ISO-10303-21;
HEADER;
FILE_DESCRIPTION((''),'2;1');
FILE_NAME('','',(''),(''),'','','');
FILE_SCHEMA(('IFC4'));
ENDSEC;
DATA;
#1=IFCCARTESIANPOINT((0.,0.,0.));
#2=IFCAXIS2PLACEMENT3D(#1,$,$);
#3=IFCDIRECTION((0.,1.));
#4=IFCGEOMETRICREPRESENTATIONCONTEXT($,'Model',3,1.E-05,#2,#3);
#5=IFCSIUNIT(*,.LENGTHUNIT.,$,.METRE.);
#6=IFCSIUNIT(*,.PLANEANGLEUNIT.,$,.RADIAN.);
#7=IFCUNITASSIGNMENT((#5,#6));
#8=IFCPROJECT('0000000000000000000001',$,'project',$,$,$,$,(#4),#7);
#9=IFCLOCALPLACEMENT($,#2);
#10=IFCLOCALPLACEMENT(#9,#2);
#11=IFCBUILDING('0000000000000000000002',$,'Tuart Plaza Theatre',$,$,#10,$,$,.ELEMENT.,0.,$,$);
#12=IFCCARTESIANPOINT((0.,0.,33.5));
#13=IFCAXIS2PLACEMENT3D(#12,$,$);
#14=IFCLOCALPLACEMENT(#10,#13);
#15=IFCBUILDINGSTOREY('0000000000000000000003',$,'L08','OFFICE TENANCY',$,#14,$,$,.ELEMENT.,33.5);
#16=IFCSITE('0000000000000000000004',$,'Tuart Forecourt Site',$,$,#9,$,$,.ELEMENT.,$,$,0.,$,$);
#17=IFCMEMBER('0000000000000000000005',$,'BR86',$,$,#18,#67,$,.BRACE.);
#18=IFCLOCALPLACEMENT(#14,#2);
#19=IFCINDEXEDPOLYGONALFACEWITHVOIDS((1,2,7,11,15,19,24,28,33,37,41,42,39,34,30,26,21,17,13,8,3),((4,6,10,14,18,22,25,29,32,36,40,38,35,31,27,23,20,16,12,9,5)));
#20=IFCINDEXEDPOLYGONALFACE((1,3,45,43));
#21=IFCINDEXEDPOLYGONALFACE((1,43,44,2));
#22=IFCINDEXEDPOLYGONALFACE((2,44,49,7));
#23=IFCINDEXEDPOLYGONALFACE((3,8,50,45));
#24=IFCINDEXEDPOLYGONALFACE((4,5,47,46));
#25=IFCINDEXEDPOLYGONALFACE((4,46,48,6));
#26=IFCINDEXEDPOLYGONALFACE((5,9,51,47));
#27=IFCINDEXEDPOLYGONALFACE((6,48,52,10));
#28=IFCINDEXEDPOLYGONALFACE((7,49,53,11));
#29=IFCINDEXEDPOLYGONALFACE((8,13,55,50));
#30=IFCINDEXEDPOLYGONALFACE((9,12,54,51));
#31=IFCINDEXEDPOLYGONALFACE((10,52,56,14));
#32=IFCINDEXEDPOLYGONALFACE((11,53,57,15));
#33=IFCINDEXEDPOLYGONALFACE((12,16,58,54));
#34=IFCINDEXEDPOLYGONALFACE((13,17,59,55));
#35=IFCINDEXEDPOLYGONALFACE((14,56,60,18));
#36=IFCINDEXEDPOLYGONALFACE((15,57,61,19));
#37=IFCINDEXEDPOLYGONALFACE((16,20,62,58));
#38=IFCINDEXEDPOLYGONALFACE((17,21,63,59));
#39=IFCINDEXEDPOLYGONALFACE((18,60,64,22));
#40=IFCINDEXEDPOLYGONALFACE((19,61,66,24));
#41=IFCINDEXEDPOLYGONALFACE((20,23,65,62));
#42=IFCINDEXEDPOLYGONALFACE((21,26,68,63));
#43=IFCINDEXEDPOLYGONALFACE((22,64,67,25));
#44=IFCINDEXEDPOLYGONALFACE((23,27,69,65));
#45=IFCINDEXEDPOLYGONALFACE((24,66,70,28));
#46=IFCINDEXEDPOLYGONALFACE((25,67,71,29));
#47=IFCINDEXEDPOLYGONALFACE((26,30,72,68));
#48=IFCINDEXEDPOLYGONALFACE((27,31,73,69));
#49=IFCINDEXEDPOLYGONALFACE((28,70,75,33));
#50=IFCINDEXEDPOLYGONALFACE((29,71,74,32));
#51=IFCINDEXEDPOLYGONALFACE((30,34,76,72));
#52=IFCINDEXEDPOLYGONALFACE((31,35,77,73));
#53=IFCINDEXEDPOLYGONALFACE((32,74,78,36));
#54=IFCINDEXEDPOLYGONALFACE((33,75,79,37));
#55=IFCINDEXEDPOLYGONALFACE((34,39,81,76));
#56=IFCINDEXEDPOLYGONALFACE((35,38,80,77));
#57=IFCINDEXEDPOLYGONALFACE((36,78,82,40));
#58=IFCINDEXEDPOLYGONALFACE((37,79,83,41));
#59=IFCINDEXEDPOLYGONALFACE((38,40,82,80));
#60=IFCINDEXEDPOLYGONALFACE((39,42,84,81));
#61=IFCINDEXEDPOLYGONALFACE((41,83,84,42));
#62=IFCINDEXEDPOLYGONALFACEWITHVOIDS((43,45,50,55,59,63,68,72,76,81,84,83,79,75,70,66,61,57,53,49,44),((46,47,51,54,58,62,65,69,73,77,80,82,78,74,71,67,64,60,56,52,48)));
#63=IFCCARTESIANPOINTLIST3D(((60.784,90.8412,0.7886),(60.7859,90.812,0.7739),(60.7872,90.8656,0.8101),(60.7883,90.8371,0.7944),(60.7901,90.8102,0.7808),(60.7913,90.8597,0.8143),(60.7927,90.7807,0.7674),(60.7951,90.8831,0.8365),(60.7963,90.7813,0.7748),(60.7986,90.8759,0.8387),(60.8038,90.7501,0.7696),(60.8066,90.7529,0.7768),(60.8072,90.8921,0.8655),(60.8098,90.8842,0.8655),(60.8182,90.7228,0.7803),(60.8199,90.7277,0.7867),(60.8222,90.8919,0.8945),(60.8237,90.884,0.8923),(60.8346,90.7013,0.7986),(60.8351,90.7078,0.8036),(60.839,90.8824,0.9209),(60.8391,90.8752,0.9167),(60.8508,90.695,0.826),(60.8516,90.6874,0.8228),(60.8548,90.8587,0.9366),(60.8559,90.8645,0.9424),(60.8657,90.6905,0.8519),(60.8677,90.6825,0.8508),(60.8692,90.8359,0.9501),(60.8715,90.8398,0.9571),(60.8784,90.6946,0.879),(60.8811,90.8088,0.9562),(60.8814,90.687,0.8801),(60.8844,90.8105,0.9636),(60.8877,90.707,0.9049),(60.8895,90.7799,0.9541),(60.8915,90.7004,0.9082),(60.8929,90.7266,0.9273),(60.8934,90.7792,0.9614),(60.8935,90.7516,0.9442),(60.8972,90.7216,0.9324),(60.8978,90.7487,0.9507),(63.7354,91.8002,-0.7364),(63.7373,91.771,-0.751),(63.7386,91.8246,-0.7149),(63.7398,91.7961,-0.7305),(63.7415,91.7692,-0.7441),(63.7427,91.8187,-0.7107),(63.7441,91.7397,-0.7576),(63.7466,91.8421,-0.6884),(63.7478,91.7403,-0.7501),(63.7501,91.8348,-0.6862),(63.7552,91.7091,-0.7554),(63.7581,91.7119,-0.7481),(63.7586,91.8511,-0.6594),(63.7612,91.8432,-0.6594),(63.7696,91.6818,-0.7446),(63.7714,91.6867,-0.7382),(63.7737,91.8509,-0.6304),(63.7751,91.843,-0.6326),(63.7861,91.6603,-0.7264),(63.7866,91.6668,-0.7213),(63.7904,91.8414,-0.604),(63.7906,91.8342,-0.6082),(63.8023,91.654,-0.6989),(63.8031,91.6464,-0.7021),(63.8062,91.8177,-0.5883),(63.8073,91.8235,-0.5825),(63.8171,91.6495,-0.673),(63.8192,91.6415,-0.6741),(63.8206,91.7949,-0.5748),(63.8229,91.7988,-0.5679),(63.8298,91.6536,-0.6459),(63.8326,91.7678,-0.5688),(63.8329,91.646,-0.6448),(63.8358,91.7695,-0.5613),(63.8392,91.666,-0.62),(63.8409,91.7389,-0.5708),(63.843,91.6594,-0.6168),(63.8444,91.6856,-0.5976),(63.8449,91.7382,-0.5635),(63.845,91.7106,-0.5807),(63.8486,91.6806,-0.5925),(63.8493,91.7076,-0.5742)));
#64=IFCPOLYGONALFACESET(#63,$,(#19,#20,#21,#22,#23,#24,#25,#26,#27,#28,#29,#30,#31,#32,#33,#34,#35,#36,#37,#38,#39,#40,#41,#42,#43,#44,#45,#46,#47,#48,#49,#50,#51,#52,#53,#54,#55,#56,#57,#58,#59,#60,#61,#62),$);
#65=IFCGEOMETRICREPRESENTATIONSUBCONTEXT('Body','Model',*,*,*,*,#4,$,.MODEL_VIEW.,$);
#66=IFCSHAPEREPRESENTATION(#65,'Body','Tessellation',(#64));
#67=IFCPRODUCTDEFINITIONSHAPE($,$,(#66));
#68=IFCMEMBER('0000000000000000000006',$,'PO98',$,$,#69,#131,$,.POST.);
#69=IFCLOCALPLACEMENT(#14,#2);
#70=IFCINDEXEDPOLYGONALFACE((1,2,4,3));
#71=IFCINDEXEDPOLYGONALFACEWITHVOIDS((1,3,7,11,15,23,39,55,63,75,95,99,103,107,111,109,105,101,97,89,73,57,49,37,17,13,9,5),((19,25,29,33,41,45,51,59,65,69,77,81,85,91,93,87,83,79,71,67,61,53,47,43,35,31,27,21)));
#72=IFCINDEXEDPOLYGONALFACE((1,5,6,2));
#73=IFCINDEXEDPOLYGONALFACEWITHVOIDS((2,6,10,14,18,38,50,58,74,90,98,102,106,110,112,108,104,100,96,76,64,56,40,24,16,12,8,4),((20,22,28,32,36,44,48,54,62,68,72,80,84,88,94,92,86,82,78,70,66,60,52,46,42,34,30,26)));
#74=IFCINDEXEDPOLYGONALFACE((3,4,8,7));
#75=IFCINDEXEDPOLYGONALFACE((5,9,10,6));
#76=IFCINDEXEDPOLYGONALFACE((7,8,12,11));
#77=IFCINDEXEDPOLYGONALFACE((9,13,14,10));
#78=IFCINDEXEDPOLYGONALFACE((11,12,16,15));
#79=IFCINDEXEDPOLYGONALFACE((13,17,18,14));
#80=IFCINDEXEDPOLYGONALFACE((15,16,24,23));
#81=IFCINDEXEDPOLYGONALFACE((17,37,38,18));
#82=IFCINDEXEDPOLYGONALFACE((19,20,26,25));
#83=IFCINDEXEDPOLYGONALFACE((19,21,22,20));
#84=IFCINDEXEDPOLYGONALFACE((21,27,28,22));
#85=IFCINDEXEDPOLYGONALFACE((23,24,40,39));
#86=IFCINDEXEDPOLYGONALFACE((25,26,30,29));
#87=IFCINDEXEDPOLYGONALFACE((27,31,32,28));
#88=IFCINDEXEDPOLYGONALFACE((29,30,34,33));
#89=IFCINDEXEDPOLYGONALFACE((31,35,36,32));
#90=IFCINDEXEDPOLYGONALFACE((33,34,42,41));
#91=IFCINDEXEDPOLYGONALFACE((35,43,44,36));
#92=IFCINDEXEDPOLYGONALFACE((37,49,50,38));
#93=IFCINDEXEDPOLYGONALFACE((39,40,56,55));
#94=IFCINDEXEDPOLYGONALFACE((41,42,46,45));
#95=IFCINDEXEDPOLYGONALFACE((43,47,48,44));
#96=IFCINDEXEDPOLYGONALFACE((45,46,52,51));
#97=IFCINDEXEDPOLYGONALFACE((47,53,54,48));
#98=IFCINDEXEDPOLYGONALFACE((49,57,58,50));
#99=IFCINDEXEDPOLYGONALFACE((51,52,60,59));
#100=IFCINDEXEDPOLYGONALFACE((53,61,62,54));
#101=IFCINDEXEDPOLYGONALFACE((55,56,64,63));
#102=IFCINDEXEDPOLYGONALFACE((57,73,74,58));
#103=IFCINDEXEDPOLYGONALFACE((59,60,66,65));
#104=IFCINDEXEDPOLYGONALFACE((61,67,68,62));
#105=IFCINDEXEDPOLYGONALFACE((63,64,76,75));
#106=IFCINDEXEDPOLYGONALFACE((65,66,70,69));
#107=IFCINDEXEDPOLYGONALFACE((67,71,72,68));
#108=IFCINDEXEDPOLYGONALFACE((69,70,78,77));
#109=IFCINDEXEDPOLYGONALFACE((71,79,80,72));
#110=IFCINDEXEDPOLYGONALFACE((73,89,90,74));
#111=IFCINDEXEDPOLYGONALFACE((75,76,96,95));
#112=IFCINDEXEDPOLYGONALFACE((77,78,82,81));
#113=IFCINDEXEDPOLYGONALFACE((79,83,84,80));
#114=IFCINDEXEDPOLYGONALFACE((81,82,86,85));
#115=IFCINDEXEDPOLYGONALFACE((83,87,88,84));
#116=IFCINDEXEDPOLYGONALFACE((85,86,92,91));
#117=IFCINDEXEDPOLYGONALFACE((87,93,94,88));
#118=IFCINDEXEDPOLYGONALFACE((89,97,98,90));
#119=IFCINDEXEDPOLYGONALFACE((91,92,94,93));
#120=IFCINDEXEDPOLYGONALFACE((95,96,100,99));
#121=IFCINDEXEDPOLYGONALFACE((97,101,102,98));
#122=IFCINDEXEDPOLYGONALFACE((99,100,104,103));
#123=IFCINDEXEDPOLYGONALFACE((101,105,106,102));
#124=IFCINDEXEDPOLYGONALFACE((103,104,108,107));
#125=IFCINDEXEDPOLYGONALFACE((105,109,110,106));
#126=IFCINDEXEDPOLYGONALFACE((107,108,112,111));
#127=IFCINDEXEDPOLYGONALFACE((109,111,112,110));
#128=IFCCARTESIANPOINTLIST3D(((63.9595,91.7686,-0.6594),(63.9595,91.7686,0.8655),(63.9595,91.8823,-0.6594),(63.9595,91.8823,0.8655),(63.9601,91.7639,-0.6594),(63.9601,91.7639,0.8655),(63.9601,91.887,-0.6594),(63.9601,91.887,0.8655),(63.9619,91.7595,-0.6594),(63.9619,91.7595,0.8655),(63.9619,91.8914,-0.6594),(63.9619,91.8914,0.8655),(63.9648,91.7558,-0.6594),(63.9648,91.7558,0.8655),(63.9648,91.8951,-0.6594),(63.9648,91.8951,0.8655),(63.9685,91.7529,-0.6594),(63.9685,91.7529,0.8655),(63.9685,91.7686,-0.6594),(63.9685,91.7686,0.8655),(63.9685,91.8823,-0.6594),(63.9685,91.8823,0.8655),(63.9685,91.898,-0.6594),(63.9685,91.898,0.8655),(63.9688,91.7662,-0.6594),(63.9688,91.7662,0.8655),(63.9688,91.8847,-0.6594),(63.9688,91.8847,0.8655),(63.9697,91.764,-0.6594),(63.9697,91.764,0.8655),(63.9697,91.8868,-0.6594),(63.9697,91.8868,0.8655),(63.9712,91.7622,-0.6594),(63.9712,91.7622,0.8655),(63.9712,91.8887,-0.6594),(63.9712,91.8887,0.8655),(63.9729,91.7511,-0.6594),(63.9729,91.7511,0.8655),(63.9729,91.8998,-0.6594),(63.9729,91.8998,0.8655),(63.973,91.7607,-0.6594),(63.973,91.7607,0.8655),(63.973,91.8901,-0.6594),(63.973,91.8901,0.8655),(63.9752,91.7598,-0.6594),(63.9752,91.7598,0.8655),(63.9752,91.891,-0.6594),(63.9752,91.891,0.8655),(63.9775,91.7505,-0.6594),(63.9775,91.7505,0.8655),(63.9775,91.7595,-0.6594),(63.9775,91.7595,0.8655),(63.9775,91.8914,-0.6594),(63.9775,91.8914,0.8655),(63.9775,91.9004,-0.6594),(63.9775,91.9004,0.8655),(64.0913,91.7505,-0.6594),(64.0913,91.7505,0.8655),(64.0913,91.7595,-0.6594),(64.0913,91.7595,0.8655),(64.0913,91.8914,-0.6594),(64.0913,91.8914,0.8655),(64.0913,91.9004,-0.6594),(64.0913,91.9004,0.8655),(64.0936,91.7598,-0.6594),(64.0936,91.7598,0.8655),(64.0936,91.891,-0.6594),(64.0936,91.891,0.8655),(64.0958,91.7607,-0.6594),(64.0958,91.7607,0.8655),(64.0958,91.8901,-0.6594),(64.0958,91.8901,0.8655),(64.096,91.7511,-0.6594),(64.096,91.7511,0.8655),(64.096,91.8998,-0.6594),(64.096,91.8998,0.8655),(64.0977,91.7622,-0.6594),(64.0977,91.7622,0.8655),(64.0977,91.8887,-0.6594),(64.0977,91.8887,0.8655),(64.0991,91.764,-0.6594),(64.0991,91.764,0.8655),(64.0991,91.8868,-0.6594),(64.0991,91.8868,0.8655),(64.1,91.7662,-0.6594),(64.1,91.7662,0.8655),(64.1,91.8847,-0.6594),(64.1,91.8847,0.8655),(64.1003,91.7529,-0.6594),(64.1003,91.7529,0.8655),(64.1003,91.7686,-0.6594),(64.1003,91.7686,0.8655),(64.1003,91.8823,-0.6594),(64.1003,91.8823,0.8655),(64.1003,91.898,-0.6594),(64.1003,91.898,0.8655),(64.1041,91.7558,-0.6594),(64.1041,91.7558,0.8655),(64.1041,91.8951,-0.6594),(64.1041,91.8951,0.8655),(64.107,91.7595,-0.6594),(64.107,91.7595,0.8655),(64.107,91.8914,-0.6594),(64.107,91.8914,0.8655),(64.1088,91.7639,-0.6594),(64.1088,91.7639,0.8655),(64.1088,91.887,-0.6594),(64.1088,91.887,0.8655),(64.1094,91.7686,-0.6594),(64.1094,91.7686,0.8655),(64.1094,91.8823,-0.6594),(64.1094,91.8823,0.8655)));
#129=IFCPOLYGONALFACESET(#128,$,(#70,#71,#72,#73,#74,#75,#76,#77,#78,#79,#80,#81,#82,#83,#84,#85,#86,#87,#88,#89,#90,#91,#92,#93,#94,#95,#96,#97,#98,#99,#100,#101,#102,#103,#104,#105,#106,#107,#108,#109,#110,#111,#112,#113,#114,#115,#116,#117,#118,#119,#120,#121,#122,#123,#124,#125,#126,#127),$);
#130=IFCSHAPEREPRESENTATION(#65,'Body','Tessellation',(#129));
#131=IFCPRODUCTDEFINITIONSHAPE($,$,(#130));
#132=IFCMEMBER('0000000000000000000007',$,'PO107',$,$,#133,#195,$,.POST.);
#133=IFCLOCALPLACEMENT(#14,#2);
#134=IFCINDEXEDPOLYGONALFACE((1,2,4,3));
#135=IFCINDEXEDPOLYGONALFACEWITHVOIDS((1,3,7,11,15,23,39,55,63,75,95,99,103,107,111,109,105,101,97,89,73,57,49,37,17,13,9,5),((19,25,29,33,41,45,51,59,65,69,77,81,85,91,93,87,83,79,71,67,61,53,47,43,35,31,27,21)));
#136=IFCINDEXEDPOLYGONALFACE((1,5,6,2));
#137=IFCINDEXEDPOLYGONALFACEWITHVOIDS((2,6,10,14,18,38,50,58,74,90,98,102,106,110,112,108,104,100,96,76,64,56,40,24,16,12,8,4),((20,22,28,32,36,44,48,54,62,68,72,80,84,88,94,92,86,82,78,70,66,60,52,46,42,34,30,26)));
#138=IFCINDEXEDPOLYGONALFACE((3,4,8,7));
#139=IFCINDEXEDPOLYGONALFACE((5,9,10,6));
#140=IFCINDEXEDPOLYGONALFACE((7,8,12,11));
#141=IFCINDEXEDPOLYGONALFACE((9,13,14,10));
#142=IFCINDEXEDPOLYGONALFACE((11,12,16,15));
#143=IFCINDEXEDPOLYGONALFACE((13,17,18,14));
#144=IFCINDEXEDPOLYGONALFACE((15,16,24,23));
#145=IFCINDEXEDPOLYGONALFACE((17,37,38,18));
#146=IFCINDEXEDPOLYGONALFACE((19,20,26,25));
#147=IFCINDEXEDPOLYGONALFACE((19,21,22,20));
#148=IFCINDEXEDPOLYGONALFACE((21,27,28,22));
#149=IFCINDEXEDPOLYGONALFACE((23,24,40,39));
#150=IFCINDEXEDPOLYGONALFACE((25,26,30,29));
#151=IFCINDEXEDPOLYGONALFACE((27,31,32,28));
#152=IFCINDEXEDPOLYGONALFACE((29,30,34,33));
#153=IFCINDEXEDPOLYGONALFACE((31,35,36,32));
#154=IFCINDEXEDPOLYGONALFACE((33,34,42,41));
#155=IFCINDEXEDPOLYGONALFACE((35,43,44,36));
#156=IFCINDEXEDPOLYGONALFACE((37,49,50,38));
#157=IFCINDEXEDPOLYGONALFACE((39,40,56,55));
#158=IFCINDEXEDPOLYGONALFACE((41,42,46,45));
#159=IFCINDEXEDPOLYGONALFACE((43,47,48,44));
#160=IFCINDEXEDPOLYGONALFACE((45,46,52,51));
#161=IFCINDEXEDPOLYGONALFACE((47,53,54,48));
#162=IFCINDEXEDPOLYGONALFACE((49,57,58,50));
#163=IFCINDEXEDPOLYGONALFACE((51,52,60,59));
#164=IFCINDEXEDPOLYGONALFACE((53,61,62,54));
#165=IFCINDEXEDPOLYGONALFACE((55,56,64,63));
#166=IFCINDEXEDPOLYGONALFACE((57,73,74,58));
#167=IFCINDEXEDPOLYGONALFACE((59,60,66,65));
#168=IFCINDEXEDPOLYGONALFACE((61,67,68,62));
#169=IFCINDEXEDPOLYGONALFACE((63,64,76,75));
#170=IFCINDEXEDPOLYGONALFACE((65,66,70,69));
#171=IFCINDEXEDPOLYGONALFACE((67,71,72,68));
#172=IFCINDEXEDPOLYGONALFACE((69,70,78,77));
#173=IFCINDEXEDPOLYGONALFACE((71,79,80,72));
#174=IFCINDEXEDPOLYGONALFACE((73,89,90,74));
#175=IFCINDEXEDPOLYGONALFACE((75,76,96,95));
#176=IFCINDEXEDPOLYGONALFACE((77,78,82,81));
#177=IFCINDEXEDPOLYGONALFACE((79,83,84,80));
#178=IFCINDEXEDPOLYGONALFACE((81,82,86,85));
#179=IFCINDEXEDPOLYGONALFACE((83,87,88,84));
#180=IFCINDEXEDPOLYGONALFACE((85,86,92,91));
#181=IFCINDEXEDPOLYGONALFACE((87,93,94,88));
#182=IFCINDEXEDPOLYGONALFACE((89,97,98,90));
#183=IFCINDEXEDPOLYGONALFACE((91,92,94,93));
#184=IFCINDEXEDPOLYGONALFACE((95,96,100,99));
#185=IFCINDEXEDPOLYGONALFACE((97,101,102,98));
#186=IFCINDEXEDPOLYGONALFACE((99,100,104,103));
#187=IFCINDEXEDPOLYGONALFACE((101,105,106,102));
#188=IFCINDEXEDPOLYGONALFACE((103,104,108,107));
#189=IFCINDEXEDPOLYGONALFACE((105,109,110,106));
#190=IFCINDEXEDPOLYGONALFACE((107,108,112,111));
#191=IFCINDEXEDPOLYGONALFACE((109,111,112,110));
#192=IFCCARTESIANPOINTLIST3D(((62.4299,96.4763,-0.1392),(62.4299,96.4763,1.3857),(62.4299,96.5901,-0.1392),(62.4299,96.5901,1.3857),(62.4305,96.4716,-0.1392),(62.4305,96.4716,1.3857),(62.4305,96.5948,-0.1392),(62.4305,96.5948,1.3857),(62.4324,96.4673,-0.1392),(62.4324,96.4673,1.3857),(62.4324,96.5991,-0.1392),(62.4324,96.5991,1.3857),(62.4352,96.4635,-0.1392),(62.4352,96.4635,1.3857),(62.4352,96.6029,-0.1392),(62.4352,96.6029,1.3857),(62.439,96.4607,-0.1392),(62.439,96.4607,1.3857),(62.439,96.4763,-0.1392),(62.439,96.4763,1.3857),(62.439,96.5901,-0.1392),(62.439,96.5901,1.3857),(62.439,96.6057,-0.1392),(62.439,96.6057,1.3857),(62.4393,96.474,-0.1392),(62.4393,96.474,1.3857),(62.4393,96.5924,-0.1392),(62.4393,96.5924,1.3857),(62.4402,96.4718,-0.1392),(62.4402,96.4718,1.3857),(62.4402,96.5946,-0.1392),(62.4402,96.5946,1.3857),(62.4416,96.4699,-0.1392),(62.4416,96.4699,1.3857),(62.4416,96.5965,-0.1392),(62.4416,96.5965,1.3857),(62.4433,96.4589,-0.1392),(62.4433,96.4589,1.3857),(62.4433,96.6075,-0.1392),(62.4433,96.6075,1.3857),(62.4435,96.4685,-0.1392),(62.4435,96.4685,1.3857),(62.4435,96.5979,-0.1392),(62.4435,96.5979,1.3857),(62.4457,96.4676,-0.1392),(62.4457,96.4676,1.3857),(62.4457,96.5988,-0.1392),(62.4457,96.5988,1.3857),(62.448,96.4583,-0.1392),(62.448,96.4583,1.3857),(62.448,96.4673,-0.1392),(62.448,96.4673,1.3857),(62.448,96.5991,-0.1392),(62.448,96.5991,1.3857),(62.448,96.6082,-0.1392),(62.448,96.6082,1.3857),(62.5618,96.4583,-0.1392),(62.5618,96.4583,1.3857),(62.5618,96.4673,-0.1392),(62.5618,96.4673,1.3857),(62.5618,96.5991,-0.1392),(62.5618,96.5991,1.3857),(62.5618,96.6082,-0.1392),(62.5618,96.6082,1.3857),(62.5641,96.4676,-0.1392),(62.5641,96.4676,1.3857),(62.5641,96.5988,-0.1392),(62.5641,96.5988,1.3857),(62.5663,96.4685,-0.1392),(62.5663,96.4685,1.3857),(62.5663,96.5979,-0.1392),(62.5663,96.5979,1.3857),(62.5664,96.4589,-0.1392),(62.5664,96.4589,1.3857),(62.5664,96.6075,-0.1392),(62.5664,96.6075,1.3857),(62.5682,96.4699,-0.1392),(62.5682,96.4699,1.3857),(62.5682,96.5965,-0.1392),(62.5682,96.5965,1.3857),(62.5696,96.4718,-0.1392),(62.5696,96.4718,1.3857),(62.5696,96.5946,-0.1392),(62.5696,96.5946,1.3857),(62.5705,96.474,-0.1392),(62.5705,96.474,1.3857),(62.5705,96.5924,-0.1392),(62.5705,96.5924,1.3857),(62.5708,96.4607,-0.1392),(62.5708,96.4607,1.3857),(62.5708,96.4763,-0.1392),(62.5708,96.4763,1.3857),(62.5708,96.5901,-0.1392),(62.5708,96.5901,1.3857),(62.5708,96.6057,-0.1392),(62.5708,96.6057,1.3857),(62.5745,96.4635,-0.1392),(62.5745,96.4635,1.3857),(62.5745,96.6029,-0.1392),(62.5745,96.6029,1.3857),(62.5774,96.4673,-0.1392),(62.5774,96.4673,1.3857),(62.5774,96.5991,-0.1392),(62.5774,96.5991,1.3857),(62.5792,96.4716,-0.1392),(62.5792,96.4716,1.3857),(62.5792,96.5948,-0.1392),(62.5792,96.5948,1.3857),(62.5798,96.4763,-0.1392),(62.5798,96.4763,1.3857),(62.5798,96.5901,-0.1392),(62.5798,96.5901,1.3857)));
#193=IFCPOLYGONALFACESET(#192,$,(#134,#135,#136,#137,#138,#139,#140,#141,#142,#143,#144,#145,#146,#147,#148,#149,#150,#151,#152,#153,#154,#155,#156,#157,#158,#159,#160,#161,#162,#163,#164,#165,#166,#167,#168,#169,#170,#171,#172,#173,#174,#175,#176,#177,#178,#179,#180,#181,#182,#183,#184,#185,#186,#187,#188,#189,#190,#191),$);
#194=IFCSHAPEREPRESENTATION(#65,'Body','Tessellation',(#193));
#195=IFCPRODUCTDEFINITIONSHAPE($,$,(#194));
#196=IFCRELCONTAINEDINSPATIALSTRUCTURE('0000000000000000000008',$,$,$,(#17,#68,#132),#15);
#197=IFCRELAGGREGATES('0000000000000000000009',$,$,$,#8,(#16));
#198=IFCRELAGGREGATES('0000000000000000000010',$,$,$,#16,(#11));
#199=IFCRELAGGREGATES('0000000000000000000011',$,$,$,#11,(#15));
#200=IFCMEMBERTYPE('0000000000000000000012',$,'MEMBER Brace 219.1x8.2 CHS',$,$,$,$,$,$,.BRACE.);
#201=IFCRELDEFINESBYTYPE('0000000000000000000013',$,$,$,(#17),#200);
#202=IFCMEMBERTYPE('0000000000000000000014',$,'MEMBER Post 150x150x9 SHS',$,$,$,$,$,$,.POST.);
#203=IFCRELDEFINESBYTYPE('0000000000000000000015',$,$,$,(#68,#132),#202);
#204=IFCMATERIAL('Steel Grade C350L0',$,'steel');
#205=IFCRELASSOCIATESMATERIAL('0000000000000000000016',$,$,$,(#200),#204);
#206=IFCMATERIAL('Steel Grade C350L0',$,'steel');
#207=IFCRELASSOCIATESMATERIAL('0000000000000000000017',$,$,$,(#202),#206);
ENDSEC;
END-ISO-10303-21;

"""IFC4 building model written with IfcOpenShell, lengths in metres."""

from ifc_helpers import new_model, si_unit, direction, frame, origin, origin_2d, place, context, subcontext, project, spatial, hollow_rectangle, hollow_circle, extrude, material, material_profile, profile_set, type_object, element, save


model = new_model("IFC4")

# Units and contexts
model_context = context("Model", 3, precision=1e-05, world=origin(), true_north=direction((0.0, 1.0)))
body_context = subcontext(model_context, "Body", "Model", "MODEL_VIEW")
ifc_project = project(units=[si_unit("LENGTHUNIT", "METRE"), si_unit("PLANEANGLEUNIT", "RADIAN")], contexts=[model_context])

# Site, building, storey
site_placement = place(None, origin())
site = spatial("IfcSite", under=ifc_project, at=site_placement, Name="Tuart Forecourt Site", CompositionType="ELEMENT", RefElevation=0.0)
building_placement = place(site_placement, origin())
building = spatial("IfcBuilding", under=site, at=building_placement, Name="Tuart Plaza Theatre", CompositionType="ELEMENT", ElevationOfRefHeight=0.0)
storey_placement = place(building_placement, frame((0.0, 0.0, 33.5)))
storey = spatial("IfcBuildingStorey", under=building, at=storey_placement, Name="L08", Description="OFFICE TENANCY", CompositionType="ELEMENT", Elevation=33.5)

# Members
ifc_material_1 = material(Name="Steel Grade C350L0", Category="steel")
ifc_material_profile_1 = material_profile(ifc_material_1, hollow_circle(Radius=0.1096, WallThickness=0.0083, at=origin_2d()), Name="219.1x8.2 CHS")
ifc_profile_set_1 = profile_set([ifc_material_profile_1], Name="Steel Grade C350L0")
member_type_1 = type_object("IfcMemberType", Name="MEMBER Brace 219.1x8.2 CHS", PredefinedType="BRACE", material=ifc_profile_set_1)
member_1_placement = place(storey_placement, frame((60.8411, 90.7878, 0.8655), z_axis=(0.853573, 0.277346, -0.441014), x_axis=(-0.30902, 0.951055, 0.0)))
element("IfcMember", 1, at=member_1_placement, inside=storey, type_object=member_type_1, Name="BR86", PredefinedType="BRACE", context=body_context, shape_type="SweptSolid", body=[
    extrude(hollow_circle(Radius=0.1096, WallThickness=0.0083, at=origin_2d()), origin(), (0.0, 0.0, 1.0), 3.4578),
])
ifc_material_2 = material(Name="Steel Grade C350L0", Category="steel")
ifc_material_profile_2 = material_profile(ifc_material_2, hollow_rectangle(XDim=0.1499, YDim=0.1499, WallThickness=0.009, InnerFilletRadius=0.009, OuterFilletRadius=0.0181, at=origin_2d()), Name="150x150x9 SHS")
ifc_profile_set_2 = profile_set([ifc_material_profile_2], Name="Steel Grade C350L0")
member_type_2 = type_object("IfcMemberType", Name="MEMBER Post 150x150x9 SHS", PredefinedType="POST", material=ifc_profile_set_2)
for number, where, z_axis, x_axis, name in (
    (2, (64.0344, 91.8254, -0.6594), (0.0, 0.0, 1.0), (1.0, 0.0, 0.0), "PO98"),
    (3, (62.5049, 96.5332, -0.1392), (0.0, 0.0, 1.0), (1.0, 0.0, 0.0), "PO107"),
):
    element("IfcMember", number, at=place(storey_placement, frame(where, z_axis=z_axis, x_axis=x_axis)), inside=storey, type_object=member_type_2, Name=name, PredefinedType="POST", context=body_context, shape_type="SweptSolid", body=[
        extrude(hollow_rectangle(XDim=0.1499, YDim=0.1499, WallThickness=0.009, InnerFilletRadius=0.009, OuterFilletRadius=0.0181, at=origin_2d()), origin(), (0.0, 0.0, 1.0), 1.5249),
    ])

save(model, "model.ifc")
